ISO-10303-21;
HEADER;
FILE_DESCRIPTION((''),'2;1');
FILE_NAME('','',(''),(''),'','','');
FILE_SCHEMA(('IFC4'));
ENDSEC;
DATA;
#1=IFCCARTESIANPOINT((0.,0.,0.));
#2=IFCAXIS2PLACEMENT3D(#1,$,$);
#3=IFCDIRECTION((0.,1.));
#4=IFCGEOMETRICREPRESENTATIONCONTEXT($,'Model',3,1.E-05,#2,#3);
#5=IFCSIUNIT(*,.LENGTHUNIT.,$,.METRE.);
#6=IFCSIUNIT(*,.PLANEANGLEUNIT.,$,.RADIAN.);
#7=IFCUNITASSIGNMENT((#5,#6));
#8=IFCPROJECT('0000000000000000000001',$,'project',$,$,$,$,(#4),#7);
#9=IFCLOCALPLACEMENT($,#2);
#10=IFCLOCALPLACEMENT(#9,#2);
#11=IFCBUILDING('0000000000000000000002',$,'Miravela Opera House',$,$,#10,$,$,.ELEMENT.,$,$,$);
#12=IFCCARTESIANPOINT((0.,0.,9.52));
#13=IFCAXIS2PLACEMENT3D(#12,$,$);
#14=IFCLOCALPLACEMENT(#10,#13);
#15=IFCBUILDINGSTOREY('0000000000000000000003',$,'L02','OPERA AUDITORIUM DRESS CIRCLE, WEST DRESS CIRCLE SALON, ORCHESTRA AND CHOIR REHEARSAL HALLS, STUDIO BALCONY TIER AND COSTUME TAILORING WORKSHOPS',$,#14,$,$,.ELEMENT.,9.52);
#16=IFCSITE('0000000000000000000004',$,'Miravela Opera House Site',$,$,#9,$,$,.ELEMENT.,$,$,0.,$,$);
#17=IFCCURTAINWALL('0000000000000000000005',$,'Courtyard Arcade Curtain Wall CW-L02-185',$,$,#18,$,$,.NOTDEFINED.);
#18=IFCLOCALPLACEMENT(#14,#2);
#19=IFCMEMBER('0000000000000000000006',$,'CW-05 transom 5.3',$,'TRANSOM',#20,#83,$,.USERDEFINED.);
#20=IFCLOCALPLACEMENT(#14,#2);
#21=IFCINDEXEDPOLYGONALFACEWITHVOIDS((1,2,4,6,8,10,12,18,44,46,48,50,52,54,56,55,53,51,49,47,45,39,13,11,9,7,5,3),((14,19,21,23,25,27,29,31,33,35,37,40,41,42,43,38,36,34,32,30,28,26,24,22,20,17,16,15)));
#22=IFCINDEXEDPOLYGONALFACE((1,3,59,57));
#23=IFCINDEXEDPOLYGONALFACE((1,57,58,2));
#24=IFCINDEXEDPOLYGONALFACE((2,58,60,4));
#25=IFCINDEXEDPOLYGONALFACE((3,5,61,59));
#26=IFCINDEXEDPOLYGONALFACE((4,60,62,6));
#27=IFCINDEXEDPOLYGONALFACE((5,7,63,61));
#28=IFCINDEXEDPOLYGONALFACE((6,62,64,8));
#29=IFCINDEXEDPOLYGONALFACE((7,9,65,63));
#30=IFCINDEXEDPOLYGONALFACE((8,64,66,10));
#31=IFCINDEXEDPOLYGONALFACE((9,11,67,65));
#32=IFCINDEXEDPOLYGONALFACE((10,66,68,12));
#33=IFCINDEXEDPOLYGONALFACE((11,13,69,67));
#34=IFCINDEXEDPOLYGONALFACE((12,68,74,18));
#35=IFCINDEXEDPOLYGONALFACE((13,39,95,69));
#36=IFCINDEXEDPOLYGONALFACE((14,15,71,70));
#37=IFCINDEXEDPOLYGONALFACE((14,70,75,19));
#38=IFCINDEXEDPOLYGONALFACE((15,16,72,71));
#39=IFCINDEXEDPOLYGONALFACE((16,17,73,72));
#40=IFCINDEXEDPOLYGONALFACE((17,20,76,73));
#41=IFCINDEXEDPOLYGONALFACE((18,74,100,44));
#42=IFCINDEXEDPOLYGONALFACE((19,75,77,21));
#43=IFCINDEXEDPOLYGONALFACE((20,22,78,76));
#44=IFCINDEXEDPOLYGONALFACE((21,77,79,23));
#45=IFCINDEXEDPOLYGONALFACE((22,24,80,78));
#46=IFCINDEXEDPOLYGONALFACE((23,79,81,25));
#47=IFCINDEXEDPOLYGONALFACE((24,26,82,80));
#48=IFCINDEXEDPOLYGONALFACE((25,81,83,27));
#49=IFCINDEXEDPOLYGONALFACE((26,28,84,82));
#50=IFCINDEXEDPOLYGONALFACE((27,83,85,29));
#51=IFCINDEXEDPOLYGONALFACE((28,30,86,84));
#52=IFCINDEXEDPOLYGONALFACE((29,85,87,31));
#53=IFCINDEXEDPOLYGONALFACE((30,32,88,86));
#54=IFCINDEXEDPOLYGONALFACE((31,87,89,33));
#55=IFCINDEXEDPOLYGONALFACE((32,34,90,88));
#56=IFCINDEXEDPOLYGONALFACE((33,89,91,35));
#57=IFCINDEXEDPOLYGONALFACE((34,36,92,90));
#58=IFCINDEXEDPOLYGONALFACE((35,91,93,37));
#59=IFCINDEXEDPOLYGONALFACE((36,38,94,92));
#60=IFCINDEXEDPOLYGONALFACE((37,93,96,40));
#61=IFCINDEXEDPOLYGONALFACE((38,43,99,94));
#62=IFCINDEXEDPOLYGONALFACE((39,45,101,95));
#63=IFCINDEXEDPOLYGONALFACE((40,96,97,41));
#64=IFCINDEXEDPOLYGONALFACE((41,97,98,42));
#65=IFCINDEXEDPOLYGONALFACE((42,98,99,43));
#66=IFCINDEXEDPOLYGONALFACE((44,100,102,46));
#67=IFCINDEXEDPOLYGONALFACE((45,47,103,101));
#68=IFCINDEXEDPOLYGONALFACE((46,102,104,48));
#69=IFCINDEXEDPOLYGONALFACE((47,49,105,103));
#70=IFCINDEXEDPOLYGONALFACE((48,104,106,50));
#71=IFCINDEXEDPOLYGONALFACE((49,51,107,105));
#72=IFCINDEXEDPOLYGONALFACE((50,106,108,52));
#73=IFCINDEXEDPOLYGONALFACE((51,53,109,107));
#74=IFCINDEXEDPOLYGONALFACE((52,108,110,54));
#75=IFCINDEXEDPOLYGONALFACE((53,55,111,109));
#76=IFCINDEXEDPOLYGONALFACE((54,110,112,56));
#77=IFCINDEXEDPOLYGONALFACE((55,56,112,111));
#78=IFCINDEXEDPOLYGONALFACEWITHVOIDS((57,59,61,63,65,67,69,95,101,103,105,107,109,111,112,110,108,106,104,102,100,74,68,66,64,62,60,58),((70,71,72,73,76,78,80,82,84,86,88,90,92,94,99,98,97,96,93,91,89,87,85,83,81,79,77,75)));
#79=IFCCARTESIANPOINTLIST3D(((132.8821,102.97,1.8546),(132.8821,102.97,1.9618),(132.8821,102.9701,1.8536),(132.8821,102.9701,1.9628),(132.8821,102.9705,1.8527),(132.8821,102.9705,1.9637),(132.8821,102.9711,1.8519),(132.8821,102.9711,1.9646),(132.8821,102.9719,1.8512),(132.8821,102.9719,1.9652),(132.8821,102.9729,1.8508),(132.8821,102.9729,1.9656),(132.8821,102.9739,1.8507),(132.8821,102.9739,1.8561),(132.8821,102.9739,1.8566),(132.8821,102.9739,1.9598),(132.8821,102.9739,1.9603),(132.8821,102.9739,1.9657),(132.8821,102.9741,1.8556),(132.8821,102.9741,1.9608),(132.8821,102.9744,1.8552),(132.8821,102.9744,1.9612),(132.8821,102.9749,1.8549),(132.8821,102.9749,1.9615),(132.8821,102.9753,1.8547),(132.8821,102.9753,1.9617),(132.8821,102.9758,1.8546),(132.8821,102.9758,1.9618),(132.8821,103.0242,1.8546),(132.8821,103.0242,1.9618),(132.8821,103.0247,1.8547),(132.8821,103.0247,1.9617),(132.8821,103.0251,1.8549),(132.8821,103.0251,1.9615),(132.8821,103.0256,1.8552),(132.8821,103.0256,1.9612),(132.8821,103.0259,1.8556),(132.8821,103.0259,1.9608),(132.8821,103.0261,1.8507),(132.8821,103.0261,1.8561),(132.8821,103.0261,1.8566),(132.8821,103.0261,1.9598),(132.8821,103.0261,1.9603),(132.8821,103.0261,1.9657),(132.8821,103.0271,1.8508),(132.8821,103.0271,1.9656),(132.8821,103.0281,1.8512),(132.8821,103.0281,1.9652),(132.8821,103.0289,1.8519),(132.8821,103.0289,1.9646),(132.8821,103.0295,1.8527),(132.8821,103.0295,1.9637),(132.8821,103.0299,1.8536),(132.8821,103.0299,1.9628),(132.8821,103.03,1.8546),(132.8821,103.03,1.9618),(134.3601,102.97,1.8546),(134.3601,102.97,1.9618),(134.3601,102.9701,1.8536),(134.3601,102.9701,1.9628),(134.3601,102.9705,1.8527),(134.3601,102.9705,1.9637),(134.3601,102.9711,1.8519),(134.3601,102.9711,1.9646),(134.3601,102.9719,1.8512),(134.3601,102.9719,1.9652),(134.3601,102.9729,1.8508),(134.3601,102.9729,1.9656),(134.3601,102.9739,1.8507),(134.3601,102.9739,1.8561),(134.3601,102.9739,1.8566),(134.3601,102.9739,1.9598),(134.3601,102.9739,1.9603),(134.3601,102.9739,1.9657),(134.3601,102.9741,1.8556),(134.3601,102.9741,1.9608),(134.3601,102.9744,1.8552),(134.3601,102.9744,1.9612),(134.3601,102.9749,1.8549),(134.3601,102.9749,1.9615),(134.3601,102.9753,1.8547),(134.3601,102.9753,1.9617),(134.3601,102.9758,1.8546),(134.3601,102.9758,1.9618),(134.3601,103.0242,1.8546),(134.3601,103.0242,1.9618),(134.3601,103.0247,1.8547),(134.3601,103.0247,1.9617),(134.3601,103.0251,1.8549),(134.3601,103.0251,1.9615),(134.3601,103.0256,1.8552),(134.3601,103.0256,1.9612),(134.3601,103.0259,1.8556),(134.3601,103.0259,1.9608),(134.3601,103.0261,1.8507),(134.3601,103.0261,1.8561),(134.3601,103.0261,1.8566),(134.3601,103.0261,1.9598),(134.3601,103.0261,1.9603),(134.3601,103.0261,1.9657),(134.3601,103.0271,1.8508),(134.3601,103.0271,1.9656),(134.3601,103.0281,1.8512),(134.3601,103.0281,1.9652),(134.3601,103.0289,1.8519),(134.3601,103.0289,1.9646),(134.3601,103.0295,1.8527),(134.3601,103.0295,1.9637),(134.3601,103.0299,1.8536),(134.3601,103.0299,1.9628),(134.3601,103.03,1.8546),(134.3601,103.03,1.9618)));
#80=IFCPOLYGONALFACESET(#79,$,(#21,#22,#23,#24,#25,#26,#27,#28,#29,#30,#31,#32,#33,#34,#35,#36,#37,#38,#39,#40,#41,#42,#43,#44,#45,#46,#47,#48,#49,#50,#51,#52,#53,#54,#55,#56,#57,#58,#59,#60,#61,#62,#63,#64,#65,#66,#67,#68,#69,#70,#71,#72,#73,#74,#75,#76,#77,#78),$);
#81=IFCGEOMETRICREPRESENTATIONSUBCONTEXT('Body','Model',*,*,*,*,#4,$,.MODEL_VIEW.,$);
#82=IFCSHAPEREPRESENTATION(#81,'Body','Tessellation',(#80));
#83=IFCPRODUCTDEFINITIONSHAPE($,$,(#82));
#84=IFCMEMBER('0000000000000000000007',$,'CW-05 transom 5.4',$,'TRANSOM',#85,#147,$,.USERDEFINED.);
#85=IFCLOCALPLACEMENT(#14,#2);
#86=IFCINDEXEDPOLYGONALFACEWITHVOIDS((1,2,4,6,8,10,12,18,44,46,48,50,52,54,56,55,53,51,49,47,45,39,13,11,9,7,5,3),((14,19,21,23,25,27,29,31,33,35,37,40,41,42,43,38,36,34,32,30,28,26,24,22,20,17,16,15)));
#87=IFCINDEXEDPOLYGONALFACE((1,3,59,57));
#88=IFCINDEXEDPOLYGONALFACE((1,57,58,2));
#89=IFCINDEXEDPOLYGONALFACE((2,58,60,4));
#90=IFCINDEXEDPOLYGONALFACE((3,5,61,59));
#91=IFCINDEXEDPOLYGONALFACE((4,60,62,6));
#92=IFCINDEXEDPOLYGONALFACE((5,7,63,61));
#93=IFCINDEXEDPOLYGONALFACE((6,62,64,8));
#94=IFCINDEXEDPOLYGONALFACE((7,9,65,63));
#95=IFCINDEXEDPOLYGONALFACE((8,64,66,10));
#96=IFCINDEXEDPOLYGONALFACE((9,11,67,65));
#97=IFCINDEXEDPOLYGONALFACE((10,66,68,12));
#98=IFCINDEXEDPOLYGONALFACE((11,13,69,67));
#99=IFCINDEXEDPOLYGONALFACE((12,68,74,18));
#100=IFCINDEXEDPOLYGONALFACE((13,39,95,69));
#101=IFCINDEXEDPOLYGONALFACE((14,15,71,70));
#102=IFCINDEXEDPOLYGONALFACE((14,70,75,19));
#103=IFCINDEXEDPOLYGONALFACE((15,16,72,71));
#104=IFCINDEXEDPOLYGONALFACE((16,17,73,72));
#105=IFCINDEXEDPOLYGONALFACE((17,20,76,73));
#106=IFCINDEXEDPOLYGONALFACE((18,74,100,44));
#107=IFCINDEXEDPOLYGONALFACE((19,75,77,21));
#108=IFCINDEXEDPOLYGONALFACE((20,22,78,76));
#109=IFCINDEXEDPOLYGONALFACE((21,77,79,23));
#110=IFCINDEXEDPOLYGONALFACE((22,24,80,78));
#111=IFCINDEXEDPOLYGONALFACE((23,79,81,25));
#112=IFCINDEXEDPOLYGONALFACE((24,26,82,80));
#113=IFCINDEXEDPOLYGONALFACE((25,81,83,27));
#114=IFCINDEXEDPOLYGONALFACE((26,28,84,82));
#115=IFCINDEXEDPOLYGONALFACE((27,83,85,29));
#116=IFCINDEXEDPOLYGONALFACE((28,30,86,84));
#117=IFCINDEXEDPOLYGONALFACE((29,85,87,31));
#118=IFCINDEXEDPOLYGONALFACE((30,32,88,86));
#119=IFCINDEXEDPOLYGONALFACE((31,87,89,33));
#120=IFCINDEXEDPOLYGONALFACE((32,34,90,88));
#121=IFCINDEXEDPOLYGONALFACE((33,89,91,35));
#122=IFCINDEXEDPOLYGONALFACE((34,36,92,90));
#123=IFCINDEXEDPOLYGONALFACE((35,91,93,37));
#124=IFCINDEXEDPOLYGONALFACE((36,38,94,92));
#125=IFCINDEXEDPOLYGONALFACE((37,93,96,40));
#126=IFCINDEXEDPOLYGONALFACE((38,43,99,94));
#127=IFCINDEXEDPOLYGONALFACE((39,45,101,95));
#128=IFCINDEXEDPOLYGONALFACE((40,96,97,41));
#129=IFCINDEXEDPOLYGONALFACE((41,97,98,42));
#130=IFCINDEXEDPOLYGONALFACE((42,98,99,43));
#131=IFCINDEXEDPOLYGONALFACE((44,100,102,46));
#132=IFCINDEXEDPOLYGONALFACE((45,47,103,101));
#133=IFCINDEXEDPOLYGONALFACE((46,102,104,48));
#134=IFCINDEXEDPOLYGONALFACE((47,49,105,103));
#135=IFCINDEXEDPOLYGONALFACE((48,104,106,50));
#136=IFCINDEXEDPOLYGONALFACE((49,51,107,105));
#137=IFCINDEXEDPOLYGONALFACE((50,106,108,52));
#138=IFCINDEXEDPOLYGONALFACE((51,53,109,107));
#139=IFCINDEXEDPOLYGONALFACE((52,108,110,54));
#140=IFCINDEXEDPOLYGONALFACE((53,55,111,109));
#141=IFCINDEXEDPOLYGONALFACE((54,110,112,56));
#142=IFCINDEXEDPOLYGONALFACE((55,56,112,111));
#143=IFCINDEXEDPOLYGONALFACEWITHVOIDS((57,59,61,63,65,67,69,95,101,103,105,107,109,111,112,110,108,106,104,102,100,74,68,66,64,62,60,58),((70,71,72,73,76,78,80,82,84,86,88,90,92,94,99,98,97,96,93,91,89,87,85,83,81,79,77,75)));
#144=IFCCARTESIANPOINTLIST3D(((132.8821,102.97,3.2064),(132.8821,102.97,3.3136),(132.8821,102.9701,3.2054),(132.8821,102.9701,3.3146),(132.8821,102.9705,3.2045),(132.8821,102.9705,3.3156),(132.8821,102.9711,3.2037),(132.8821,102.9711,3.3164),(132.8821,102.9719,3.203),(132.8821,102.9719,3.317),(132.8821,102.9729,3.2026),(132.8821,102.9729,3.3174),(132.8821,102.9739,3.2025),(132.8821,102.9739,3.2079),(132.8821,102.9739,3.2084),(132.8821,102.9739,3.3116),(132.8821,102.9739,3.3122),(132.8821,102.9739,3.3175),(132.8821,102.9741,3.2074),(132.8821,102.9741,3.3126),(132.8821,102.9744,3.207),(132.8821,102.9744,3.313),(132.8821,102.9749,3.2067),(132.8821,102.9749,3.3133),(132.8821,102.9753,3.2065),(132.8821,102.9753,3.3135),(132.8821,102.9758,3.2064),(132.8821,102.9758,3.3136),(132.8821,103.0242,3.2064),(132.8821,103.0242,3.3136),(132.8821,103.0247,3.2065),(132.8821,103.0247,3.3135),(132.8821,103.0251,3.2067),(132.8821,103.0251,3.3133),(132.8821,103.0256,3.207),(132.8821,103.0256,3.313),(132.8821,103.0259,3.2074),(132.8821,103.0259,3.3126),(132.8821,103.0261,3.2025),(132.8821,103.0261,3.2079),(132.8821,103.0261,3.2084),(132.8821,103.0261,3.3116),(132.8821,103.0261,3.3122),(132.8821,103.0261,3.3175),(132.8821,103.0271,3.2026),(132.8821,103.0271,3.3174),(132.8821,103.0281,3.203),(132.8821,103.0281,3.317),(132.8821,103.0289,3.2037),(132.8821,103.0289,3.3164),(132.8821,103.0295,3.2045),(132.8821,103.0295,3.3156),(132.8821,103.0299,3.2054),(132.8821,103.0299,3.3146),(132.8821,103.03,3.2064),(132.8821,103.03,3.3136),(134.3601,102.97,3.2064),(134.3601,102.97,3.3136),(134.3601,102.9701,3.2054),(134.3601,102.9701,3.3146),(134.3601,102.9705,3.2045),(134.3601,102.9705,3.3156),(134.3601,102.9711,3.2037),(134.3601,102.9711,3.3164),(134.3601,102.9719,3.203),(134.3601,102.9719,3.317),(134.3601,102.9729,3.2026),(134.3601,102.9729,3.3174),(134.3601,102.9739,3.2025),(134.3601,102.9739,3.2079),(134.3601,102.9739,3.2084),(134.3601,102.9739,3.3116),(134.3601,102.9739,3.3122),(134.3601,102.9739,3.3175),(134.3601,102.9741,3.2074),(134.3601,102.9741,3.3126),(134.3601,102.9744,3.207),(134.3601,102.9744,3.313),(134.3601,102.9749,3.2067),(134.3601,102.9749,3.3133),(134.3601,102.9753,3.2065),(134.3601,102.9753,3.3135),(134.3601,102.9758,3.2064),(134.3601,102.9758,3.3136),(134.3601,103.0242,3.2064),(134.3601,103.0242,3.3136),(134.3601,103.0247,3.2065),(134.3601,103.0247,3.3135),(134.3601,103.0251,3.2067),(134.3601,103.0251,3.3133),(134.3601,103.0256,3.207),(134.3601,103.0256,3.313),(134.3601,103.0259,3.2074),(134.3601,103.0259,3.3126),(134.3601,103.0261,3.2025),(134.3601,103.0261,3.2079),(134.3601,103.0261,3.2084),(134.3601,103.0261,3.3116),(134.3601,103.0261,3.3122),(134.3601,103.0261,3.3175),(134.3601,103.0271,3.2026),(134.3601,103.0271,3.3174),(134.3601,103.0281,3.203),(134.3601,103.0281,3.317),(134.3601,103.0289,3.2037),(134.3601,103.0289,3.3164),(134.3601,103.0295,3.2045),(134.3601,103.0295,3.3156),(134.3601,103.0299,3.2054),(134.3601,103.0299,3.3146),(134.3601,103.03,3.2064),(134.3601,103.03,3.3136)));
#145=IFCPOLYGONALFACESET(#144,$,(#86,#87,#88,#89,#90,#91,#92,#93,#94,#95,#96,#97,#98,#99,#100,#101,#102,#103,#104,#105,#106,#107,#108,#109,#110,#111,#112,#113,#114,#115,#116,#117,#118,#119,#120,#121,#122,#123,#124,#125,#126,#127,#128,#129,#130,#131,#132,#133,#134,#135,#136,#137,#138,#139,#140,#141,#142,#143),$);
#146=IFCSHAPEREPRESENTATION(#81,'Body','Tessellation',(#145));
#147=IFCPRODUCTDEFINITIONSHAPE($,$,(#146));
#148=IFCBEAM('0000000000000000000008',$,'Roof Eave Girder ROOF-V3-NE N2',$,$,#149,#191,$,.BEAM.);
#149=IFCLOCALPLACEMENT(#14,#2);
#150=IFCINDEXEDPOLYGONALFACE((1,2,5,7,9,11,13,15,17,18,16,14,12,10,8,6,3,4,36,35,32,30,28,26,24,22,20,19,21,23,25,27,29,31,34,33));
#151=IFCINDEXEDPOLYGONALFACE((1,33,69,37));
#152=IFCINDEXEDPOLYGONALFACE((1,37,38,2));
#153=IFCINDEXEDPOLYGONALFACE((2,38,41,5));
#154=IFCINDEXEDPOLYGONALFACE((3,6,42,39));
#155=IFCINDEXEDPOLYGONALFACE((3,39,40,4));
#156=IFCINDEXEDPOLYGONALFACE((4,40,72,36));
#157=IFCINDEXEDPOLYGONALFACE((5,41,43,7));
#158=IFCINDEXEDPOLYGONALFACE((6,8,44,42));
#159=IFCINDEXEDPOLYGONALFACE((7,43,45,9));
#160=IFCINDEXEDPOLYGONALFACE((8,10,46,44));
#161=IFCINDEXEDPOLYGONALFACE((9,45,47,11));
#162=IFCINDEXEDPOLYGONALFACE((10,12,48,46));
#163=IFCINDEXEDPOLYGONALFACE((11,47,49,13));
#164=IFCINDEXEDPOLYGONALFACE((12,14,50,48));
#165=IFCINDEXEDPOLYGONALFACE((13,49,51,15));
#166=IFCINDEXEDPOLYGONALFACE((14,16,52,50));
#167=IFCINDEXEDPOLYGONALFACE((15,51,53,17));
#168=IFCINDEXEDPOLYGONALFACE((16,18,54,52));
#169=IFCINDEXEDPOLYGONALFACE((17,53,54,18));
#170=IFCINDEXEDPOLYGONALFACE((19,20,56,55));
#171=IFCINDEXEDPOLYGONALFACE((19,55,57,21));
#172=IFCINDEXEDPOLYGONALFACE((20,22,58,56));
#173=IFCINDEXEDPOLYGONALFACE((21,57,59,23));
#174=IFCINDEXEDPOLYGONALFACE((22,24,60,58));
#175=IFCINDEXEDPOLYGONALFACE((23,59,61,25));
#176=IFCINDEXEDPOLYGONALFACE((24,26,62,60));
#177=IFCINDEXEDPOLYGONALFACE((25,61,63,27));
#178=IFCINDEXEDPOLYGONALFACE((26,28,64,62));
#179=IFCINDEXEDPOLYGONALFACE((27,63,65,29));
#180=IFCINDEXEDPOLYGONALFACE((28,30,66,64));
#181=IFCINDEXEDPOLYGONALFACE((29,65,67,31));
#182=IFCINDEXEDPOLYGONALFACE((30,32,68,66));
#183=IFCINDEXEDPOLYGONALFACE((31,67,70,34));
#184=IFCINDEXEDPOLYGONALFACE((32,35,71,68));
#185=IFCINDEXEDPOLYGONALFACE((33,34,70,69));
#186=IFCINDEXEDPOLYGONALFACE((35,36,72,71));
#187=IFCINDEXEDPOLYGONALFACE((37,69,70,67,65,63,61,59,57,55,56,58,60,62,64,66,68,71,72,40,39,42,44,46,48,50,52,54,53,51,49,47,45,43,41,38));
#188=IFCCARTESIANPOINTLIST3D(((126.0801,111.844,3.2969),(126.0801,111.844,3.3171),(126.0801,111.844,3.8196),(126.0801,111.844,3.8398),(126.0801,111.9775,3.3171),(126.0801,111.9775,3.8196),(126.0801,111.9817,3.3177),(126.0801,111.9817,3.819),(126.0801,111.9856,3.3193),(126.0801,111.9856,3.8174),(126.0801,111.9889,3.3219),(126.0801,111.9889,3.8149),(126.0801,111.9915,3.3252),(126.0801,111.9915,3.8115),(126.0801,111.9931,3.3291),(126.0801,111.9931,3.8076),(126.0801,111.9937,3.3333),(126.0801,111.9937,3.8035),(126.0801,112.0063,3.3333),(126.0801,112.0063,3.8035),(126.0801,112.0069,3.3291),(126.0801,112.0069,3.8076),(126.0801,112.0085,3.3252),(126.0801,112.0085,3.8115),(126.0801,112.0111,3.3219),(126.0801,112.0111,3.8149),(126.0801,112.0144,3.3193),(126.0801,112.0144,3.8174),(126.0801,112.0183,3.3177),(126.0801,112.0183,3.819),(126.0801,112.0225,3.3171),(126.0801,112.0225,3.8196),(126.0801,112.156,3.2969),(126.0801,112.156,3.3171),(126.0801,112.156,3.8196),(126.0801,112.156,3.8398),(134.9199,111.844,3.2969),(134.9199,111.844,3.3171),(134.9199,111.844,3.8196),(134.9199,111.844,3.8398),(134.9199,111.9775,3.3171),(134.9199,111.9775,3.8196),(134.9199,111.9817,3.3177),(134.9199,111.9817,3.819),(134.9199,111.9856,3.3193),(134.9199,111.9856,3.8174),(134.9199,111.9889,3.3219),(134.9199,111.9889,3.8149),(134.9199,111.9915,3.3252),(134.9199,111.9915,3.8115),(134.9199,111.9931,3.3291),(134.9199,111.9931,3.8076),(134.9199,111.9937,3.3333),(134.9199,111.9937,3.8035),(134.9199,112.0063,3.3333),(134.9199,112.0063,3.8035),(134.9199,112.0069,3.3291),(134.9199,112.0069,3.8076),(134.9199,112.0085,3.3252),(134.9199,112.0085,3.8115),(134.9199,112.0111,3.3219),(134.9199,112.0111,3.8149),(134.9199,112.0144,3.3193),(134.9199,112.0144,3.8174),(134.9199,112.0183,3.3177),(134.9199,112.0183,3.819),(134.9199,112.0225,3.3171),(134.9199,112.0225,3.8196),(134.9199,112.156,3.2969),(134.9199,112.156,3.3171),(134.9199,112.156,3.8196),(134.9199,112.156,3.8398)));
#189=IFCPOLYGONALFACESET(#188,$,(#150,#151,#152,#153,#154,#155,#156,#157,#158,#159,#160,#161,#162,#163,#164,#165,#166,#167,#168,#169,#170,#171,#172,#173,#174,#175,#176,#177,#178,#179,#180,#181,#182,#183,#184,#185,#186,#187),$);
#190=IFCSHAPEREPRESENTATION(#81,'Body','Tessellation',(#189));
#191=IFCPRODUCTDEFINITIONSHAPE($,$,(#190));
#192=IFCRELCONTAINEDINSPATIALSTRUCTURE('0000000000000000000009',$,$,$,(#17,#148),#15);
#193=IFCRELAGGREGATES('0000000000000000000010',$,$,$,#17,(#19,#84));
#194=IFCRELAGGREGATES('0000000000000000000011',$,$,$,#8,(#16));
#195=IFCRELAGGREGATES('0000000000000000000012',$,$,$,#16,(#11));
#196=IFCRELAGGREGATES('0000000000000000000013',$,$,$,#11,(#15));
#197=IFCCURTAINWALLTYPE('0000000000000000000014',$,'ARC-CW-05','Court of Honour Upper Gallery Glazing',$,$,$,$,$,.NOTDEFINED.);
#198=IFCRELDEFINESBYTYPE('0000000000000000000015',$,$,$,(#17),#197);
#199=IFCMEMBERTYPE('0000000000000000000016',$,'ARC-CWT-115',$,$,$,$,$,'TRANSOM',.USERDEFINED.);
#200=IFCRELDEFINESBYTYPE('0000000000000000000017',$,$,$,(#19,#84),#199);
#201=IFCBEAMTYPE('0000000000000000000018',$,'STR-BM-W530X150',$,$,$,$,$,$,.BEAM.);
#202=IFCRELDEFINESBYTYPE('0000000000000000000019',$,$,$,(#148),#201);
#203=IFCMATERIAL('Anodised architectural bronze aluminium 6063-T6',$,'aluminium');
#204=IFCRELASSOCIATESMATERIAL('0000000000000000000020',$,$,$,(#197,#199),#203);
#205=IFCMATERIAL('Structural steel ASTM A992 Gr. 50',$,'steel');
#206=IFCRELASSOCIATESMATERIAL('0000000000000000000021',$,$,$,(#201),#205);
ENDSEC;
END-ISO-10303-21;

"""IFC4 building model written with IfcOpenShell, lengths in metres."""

from ifc_helpers import new_model, si_unit, direction, frame, origin, origin_2d, place, context, subcontext, project, spatial, hollow_rectangle, i_section, extrude, material, material_profile, profile_set, type_object, element, aggregate, save


model = new_model("IFC4")

# Units and contexts
model_context = context("Model", 3, precision=1e-05, world=origin(), true_north=direction((0.0, 1.0)))
body_context = subcontext(model_context, "Body", "Model", "MODEL_VIEW")
ifc_project = project(units=[si_unit("LENGTHUNIT", "METRE"), si_unit("PLANEANGLEUNIT", "RADIAN")], contexts=[model_context])

# Site, building, storey
site_placement = place(None, origin())
site = spatial("IfcSite", under=ifc_project, at=site_placement, Name="Miravela Opera House Site", CompositionType="ELEMENT", RefElevation=0.0)
building_placement = place(site_placement, origin())
building = spatial("IfcBuilding", under=site, at=building_placement, Name="Miravela Opera House", CompositionType="ELEMENT")
storey_placement = place(building_placement, frame((0.0, 0.0, 9.52)))
storey = spatial("IfcBuildingStorey", under=building, at=storey_placement, Name="L02", Description="OPERA AUDITORIUM DRESS CIRCLE, WEST DRESS CIRCLE SALON, ORCHESTRA AND CHOIR REHEARSAL HALLS, STUDIO BALCONY TIER AND COSTUME TAILORING WORKSHOPS", CompositionType="ELEMENT", Elevation=9.52)

# Curtain wall, members
ifc_material_1 = material(Name="Anodised architectural bronze aluminium 6063-T6", Category="aluminium")
curtain_wall_type = type_object("IfcCurtainWallType", Name="ARC-CW-05", Description="Court of Honour Upper Gallery Glazing", PredefinedType="NOTDEFINED", material=ifc_material_1)
curtain_wall_placement = place(storey_placement, origin())
curtain_wall = element("IfcCurtainWall", 1, at=curtain_wall_placement, inside=storey, type_object=curtain_wall_type, Name="Courtyard Arcade Curtain Wall CW-L02-185", PredefinedType="NOTDEFINED")
ifc_material_profile_1 = material_profile(ifc_material_1, hollow_rectangle(XDim=0.0601, YDim=0.115, WallThickness=0.0039, InnerFilletRadius=0.002, OuterFilletRadius=0.0039, at=origin_2d()), Name="CWT-60X115")
ifc_profile_set_1 = profile_set([ifc_material_profile_1])
member_type_1 = type_object("IfcMemberType", Name="ARC-CWT-115", ElementType="TRANSOM", PredefinedType="USERDEFINED", material=ifc_profile_set_1)
member_1_placement = place(storey_placement, frame((132.8821, 103.0, 1.9082), z_axis=(1.0, 0.0, 0.0), x_axis=(0.0, 1.0, 0.0)))
member_1 = element("IfcMember", 2, at=member_1_placement, type_object=member_type_1, Name="CW-05 transom 5.3", ObjectType="TRANSOM", PredefinedType="USERDEFINED", context=body_context, shape_type="SweptSolid", body=[
    extrude(hollow_rectangle(XDim=0.0601, YDim=0.115, WallThickness=0.0039, InnerFilletRadius=0.002, OuterFilletRadius=0.0039, at=origin_2d()), origin(), (0.0, 0.0, 1.0), 1.478),
])
member_2_placement = place(storey_placement, frame((132.8821, 103.0, 3.26), z_axis=(1.0, 0.0, 0.0), x_axis=(0.0, 1.0, 0.0)))
member_2 = element("IfcMember", 3, at=member_2_placement, type_object=member_type_1, Name="CW-05 transom 5.4", ObjectType="TRANSOM", PredefinedType="USERDEFINED", context=body_context, shape_type="SweptSolid", body=[
    extrude(hollow_rectangle(XDim=0.0601, YDim=0.115, WallThickness=0.0039, InnerFilletRadius=0.002, OuterFilletRadius=0.0039, at=origin_2d()), origin(), (0.0, 0.0, 1.0), 1.478),
])

# Beam
ifc_material_2 = material(Name="Structural steel ASTM A992 Gr. 50", Category="steel")
ifc_material_profile_2 = material_profile(ifc_material_2, i_section(OverallWidth=0.312, OverallDepth=0.543, WebThickness=0.0127, FlangeThickness=0.0203, FilletRadius=0.0161, at=origin_2d()), Name="W530X150")
ifc_profile_set_2 = profile_set([ifc_material_profile_2])
beam_type = type_object("IfcBeamType", Name="STR-BM-W530X150", PredefinedType="BEAM", material=ifc_profile_set_2)
beam_placement = place(storey_placement, frame((126.0801, 112.0, 3.5684), z_axis=(1.0, 0.0, 0.0), x_axis=(0.0, 1.0, 0.0)))
element("IfcBeam", 4, at=beam_placement, inside=storey, type_object=beam_type, Name="Roof Eave Girder ROOF-V3-NE N2", PredefinedType="BEAM", context=body_context, shape_type="SweptSolid", body=[
    extrude(i_section(OverallWidth=0.312, OverallDepth=0.543, WebThickness=0.0127, FlangeThickness=0.0203, FilletRadius=0.0161, at=origin_2d()), origin(), (0.0, 0.0, 1.0), 8.8398),
])

aggregate(curtain_wall, [member_1, member_2])

save(model, "model.ifc")
